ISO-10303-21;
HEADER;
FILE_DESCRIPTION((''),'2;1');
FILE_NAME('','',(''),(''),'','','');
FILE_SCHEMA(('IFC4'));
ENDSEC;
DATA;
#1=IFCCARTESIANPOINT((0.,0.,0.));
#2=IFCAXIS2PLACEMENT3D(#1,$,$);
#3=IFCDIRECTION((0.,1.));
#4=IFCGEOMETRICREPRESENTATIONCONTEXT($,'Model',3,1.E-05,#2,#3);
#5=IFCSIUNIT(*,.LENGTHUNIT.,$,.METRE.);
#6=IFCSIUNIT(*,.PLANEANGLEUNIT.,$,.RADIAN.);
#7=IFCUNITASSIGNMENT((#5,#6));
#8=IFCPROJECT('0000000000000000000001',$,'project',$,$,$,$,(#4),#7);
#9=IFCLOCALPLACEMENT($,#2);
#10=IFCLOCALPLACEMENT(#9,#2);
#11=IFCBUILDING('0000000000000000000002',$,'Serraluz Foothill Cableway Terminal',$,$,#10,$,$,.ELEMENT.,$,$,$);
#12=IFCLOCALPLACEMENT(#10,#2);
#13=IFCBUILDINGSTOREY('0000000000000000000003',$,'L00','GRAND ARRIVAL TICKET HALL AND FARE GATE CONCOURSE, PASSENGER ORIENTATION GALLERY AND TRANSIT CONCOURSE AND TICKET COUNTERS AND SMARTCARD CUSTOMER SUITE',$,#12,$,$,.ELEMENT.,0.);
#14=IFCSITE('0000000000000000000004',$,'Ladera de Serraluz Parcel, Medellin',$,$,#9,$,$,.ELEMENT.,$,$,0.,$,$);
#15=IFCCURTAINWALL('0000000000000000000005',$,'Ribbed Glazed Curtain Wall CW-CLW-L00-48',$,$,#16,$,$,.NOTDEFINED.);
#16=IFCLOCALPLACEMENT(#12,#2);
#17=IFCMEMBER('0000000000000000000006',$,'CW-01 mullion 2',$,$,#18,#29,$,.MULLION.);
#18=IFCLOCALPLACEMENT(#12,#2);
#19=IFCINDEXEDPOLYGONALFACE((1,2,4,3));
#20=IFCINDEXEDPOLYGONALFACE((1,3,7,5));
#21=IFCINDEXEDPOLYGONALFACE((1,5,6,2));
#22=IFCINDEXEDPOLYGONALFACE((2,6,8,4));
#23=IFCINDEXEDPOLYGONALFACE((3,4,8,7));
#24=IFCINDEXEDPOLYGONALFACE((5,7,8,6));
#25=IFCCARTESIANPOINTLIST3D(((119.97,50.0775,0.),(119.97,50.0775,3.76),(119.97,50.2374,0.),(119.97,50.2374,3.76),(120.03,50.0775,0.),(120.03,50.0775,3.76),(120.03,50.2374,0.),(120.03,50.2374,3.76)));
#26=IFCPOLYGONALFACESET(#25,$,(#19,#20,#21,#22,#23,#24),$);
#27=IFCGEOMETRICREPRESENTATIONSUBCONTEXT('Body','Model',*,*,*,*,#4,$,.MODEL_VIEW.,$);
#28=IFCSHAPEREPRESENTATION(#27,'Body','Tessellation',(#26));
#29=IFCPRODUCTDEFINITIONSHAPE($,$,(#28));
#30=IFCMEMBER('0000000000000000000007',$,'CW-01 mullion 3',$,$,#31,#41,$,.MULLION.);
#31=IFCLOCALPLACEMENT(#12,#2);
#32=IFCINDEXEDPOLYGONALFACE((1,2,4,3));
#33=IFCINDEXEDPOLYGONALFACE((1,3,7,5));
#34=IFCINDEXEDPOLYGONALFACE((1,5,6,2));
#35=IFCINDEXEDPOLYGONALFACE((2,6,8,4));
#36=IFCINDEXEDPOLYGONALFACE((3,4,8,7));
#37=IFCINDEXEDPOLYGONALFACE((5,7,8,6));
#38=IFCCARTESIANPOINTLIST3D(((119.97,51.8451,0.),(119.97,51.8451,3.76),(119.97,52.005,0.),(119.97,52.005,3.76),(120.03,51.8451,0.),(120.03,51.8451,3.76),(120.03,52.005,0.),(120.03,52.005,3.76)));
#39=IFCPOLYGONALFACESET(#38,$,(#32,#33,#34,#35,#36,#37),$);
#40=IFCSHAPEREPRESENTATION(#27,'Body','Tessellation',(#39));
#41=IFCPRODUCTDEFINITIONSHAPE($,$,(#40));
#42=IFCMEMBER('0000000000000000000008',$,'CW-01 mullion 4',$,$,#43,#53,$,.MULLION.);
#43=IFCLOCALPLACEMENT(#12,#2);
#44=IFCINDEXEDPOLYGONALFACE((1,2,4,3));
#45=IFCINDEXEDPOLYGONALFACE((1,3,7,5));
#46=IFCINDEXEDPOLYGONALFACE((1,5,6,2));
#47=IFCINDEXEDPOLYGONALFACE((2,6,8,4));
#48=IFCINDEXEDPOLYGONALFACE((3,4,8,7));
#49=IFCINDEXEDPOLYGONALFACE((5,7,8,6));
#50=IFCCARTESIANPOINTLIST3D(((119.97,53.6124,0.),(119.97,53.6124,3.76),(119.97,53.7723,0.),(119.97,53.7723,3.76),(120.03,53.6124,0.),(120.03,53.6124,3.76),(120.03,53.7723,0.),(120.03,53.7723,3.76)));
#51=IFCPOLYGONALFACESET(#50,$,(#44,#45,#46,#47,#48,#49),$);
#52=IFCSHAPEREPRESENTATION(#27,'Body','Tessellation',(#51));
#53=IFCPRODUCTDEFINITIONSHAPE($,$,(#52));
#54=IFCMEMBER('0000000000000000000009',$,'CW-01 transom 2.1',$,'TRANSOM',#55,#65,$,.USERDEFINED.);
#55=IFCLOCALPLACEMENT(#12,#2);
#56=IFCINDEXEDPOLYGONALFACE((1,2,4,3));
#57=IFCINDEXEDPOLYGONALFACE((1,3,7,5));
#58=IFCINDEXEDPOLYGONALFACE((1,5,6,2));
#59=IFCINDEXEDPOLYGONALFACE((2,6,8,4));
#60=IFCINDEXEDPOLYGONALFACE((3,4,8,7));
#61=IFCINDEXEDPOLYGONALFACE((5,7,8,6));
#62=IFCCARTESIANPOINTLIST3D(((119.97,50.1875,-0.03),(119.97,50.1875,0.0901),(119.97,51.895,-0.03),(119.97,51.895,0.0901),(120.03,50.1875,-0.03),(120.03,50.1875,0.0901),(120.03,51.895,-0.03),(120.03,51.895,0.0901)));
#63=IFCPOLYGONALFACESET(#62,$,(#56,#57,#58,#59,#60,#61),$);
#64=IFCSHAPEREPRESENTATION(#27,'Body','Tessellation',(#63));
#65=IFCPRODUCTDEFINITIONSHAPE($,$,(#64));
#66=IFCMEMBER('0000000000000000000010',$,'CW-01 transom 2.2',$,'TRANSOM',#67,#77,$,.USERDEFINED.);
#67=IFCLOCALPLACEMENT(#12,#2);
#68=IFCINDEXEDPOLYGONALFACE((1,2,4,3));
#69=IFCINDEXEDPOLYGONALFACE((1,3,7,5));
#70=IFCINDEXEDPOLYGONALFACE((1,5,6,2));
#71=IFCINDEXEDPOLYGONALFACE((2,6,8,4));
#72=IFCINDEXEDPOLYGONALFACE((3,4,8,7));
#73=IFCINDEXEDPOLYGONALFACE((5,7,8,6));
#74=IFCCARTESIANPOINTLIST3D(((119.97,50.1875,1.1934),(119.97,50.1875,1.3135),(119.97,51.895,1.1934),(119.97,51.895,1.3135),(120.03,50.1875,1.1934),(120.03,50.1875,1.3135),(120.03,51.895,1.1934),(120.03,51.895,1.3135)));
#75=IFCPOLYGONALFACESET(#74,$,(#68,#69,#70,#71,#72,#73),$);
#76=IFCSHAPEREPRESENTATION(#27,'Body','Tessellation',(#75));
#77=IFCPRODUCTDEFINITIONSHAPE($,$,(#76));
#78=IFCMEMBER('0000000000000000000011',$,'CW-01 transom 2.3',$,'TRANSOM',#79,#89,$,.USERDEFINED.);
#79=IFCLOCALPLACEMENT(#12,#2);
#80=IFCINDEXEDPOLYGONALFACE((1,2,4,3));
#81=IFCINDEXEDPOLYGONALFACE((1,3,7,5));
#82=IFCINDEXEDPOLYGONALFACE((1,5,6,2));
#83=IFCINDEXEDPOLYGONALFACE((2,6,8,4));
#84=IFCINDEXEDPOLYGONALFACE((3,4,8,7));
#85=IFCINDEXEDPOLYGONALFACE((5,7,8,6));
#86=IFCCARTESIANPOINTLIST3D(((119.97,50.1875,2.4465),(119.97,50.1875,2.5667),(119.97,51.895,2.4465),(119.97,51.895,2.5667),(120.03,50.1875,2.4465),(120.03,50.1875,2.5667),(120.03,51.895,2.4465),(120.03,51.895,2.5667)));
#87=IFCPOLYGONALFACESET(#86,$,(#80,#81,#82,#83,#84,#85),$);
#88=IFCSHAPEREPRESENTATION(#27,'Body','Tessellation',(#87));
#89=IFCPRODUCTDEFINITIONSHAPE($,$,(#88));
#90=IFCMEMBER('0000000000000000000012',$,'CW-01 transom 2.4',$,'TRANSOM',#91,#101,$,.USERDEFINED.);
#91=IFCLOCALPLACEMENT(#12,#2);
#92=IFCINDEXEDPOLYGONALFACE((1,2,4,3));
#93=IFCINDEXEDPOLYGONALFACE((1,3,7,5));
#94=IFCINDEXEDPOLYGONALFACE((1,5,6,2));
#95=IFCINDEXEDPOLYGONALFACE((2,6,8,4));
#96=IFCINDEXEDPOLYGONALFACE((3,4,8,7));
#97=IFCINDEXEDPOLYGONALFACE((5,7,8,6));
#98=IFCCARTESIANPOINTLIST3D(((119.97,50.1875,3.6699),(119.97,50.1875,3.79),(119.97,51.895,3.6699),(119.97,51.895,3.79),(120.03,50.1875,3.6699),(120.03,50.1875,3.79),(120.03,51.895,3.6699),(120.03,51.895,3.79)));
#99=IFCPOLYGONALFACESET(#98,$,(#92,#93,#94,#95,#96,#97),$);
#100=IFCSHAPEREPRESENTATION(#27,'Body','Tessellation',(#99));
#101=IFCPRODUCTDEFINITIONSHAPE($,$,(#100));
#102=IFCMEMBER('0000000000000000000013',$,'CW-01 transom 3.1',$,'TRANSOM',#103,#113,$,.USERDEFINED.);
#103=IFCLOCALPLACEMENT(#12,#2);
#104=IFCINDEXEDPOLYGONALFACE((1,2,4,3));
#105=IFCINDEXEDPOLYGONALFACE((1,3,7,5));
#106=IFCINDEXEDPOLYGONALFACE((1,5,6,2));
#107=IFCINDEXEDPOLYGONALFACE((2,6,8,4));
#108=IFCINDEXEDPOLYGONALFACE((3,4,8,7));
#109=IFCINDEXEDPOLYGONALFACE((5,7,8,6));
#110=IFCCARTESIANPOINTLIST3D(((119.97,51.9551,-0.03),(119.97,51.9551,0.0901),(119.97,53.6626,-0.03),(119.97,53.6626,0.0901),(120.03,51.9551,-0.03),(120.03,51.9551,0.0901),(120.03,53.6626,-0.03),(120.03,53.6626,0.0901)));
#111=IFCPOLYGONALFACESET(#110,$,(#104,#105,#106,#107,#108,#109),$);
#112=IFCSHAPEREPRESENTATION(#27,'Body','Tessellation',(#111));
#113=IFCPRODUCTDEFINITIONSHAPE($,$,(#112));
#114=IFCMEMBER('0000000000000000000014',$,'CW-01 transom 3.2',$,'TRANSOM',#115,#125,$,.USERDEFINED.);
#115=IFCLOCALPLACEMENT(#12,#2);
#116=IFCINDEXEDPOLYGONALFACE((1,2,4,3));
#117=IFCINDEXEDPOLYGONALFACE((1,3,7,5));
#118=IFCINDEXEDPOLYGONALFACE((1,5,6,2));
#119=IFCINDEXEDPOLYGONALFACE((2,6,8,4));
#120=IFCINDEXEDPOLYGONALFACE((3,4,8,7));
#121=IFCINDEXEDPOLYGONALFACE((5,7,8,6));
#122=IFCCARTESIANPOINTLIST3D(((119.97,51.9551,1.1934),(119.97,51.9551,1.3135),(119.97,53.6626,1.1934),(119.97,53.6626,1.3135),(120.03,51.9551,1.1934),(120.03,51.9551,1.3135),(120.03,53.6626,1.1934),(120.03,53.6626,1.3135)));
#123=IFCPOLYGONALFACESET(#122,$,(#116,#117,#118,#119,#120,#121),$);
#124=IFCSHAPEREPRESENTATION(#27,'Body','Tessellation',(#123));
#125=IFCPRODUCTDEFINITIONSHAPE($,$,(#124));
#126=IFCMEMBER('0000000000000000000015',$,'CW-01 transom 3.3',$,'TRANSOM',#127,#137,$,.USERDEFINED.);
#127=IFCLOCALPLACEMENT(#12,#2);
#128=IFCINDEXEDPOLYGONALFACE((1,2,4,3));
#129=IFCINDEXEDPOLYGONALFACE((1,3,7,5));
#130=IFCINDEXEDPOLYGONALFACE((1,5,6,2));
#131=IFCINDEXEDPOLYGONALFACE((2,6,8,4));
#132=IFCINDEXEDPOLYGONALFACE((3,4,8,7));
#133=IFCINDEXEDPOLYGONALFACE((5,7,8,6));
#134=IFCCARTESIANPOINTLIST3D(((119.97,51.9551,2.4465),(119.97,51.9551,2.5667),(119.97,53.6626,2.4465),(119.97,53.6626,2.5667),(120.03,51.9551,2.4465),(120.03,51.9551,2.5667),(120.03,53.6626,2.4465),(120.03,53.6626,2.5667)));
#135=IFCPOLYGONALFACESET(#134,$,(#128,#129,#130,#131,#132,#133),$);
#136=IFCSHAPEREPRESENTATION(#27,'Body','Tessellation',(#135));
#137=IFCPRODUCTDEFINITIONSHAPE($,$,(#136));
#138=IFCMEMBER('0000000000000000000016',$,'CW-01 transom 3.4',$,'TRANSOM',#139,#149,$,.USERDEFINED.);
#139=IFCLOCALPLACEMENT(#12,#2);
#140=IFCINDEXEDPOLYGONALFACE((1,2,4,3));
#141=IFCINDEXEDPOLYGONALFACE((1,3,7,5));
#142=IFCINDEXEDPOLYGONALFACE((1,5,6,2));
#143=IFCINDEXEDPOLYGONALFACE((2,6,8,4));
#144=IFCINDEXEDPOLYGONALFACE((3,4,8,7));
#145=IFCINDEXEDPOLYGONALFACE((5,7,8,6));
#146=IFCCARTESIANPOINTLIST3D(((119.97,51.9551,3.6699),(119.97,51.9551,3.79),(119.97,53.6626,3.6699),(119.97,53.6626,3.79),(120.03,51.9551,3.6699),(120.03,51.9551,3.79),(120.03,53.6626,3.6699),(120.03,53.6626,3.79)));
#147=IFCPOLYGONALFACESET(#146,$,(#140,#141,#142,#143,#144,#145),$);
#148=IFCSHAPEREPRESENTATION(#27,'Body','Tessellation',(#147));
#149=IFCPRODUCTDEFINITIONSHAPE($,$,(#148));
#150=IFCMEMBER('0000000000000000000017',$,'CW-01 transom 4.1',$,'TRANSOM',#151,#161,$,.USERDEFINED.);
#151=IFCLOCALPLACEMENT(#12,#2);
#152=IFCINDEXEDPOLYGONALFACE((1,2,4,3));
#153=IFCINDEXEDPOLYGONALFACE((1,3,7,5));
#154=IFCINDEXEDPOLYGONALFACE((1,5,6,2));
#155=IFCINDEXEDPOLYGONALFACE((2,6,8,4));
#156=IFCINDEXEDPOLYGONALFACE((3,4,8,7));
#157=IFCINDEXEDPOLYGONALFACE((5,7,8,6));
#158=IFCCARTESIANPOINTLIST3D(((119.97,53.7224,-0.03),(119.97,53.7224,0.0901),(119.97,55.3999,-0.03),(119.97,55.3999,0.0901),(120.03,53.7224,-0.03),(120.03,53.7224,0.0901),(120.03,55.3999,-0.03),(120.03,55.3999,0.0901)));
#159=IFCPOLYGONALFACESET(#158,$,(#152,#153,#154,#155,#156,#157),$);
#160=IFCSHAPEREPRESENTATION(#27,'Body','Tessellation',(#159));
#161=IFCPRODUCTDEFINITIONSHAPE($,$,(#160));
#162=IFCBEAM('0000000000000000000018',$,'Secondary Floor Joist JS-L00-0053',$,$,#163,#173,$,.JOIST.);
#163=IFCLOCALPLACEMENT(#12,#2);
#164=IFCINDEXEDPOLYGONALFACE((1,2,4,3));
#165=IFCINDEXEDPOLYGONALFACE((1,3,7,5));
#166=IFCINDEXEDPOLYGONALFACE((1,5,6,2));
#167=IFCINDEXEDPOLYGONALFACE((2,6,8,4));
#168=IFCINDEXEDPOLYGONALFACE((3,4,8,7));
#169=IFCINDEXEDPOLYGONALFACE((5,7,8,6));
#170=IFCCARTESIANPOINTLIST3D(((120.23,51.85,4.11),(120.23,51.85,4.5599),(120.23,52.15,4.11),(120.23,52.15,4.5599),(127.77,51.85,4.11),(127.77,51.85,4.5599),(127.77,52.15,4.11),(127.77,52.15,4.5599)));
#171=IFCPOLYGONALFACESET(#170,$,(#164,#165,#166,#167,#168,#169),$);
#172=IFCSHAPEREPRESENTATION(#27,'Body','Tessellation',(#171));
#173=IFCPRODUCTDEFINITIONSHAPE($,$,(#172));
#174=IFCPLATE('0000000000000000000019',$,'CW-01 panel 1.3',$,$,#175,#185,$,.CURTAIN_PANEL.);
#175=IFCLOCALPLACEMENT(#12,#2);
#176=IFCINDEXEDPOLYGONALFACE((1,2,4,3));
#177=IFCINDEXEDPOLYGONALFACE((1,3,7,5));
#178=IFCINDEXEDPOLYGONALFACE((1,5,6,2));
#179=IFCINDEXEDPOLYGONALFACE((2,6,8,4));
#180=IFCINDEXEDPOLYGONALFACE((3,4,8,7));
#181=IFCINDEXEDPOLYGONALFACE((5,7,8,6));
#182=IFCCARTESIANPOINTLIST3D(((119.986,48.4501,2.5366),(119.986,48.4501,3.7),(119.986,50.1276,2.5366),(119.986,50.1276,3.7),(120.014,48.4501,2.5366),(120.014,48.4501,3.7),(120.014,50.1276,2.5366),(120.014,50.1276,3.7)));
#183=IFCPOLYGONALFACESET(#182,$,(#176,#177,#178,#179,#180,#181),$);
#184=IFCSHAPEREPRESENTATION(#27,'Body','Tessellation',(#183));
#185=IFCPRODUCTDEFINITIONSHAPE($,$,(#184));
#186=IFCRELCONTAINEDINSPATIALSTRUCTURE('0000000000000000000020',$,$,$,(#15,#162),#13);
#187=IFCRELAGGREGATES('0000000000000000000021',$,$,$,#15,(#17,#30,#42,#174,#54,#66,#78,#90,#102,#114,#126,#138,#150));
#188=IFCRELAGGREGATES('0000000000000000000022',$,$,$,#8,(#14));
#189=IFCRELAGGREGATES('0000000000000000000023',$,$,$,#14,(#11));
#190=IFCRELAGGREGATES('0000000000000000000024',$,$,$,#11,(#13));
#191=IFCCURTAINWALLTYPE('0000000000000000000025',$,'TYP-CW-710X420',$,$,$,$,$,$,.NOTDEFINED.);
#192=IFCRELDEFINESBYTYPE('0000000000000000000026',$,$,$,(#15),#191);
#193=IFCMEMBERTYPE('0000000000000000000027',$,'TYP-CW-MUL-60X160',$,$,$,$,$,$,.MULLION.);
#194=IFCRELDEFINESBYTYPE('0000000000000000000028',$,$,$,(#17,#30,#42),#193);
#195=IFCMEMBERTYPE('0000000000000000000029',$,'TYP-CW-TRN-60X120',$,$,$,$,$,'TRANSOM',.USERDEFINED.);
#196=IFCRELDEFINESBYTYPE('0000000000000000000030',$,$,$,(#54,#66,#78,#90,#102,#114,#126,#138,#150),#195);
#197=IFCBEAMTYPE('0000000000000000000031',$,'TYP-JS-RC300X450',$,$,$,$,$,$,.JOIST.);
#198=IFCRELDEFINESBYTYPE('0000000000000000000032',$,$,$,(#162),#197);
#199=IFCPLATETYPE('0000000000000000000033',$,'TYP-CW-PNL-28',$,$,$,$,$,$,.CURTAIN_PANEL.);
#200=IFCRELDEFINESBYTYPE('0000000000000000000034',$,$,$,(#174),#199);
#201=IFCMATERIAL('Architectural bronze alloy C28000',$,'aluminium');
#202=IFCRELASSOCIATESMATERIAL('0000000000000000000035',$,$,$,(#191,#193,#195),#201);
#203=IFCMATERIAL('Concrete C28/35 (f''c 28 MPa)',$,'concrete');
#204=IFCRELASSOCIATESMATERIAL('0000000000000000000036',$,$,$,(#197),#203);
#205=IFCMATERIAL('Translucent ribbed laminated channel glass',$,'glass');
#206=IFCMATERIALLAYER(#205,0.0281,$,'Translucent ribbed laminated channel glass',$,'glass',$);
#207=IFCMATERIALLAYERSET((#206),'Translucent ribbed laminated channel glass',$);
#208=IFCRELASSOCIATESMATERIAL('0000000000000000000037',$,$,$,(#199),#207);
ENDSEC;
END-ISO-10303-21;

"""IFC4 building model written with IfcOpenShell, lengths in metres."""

from ifc_helpers import new_model, si_unit, direction, frame, origin, origin_2d, place, context, subcontext, project, spatial, rectangle, extrude, material, layer, layer_set, material_profile, profile_set, type_object, element, aggregate, save


model = new_model("IFC4")

# Units and contexts
model_context = context("Model", 3, precision=1e-05, world=origin(), true_north=direction((0.0, 1.0)))
body_context = subcontext(model_context, "Body", "Model", "MODEL_VIEW")
ifc_project = project(units=[si_unit("LENGTHUNIT", "METRE"), si_unit("PLANEANGLEUNIT", "RADIAN")], contexts=[model_context])

# Site, building, storey
site_placement = place(None, origin())
site = spatial("IfcSite", under=ifc_project, at=site_placement, Name="Ladera de Serraluz Parcel, Medellin", CompositionType="ELEMENT", RefElevation=0.0)
building_placement = place(site_placement, origin())
building = spatial("IfcBuilding", under=site, at=building_placement, Name="Serraluz Foothill Cableway Terminal", CompositionType="ELEMENT")
storey_placement = place(building_placement, origin())
storey = spatial("IfcBuildingStorey", under=building, at=storey_placement, Name="L00", Description="GRAND ARRIVAL TICKET HALL AND FARE GATE CONCOURSE, PASSENGER ORIENTATION GALLERY AND TRANSIT CONCOURSE AND TICKET COUNTERS AND SMARTCARD CUSTOMER SUITE", CompositionType="ELEMENT", Elevation=0.0)

# Curtain wall, members
ifc_material_1 = material(Name="Architectural bronze alloy C28000", Category="aluminium")
curtain_wall_type = type_object("IfcCurtainWallType", Name="TYP-CW-710X420", PredefinedType="NOTDEFINED", material=ifc_material_1)
curtain_wall_placement = place(storey_placement, origin())
curtain_wall = element("IfcCurtainWall", 1, at=curtain_wall_placement, inside=storey, type_object=curtain_wall_type, Name="Ribbed Glazed Curtain Wall CW-CLW-L00-48", PredefinedType="NOTDEFINED")
ifc_material_profile_1 = material_profile(ifc_material_1, rectangle(XDim=0.0601, YDim=0.1599, at=origin_2d()), Name="ALU MULLION 60x160")
ifc_profile_set_1 = profile_set([ifc_material_profile_1], Name="Architectural bronze alloy C28000")
member_type_1 = type_object("IfcMemberType", Name="TYP-CW-MUL-60X160", PredefinedType="MULLION", material=ifc_profile_set_1)
member_1_placement = place(storey_placement, frame((120.0, 50.1575, 0.0), z_axis=(0.0, 0.0, 1.0), x_axis=(-1.0, 0.0, 0.0)))
member_1 = element("IfcMember", 2, at=member_1_placement, type_object=member_type_1, Name="CW-01 mullion 2", PredefinedType="MULLION", context=body_context, shape_type="SweptSolid", body=[
    extrude(rectangle(XDim=0.0601, YDim=0.1599, at=origin_2d()), origin(), (0.0, 0.0, 1.0), 3.76),
])
member_2_placement = place(storey_placement, frame((120.0, 51.925, 0.0), z_axis=(0.0, 0.0, 1.0), x_axis=(-1.0, 0.0, 0.0)))
member_2 = element("IfcMember", 3, at=member_2_placement, type_object=member_type_1, Name="CW-01 mullion 3", PredefinedType="MULLION", context=body_context, shape_type="SweptSolid", body=[
    extrude(rectangle(XDim=0.0601, YDim=0.1599, at=origin_2d()), origin(), (0.0, 0.0, 1.0), 3.76),
])
member_3_placement = place(storey_placement, frame((120.0, 53.6924, 0.0), z_axis=(0.0, 0.0, 1.0), x_axis=(-1.0, 0.0, 0.0)))
member_3 = element("IfcMember", 4, at=member_3_placement, type_object=member_type_1, Name="CW-01 mullion 4", PredefinedType="MULLION", context=body_context, shape_type="SweptSolid", body=[
    extrude(rectangle(XDim=0.0601, YDim=0.1599, at=origin_2d()), origin(), (0.0, 0.0, 1.0), 3.76),
])
ifc_material_profile_2 = material_profile(ifc_material_1, rectangle(XDim=0.0601, YDim=0.1201, at=origin_2d()), Name="ALU TRANSOM 60x120")
ifc_profile_set_2 = profile_set([ifc_material_profile_2], Name="Architectural bronze alloy C28000")
member_type_2 = type_object("IfcMemberType", Name="TYP-CW-TRN-60X120", ElementType="TRANSOM", PredefinedType="USERDEFINED", material=ifc_profile_set_2)
member_4_placement = place(storey_placement, frame((120.0, 50.1875, 0.03), z_axis=(0.0, 1.0, 0.0), x_axis=(-1.0, 0.0, 0.0)))
member_4 = element("IfcMember", 5, at=member_4_placement, type_object=member_type_2, Name="CW-01 transom 2.1", ObjectType="TRANSOM", PredefinedType="USERDEFINED", context=body_context, shape_type="SweptSolid", body=[
    extrude(rectangle(XDim=0.0601, YDim=0.1201, at=origin_2d()), origin(), (0.0, 0.0, 1.0), 1.7075),
])
member_5_placement = place(storey_placement, frame((120.0, 50.1875, 1.2534), z_axis=(0.0, 1.0, 0.0), x_axis=(-1.0, 0.0, 0.0)))
member_5 = element("IfcMember", 6, at=member_5_placement, type_object=member_type_2, Name="CW-01 transom 2.2", ObjectType="TRANSOM", PredefinedType="USERDEFINED", context=body_context, shape_type="SweptSolid", body=[
    extrude(rectangle(XDim=0.0601, YDim=0.1201, at=origin_2d()), origin(), (0.0, 0.0, 1.0), 1.7075),
])
member_6_placement = place(storey_placement, frame((120.0, 50.1875, 2.5066), z_axis=(0.0, 1.0, 0.0), x_axis=(-1.0, 0.0, 0.0)))
member_6 = element("IfcMember", 7, at=member_6_placement, type_object=member_type_2, Name="CW-01 transom 2.3", ObjectType="TRANSOM", PredefinedType="USERDEFINED", context=body_context, shape_type="SweptSolid", body=[
    extrude(rectangle(XDim=0.0601, YDim=0.1201, at=origin_2d()), origin(), (0.0, 0.0, 1.0), 1.7075),
])
member_7_placement = place(storey_placement, frame((120.0, 50.1875, 3.73), z_axis=(0.0, 1.0, 0.0), x_axis=(-1.0, 0.0, 0.0)))
member_7 = element("IfcMember", 8, at=member_7_placement, type_object=member_type_2, Name="CW-01 transom 2.4", ObjectType="TRANSOM", PredefinedType="USERDEFINED", context=body_context, shape_type="SweptSolid", body=[
    extrude(rectangle(XDim=0.0601, YDim=0.1201, at=origin_2d()), origin(), (0.0, 0.0, 1.0), 1.7075),
])
member_8_placement = place(storey_placement, frame((120.0, 51.9551, 0.03), z_axis=(0.0, 1.0, 0.0), x_axis=(-1.0, 0.0, 0.0)))
member_8 = element("IfcMember", 9, at=member_8_placement, type_object=member_type_2, Name="CW-01 transom 3.1", ObjectType="TRANSOM", PredefinedType="USERDEFINED", context=body_context, shape_type="SweptSolid", body=[
    extrude(rectangle(XDim=0.0601, YDim=0.1201, at=origin_2d()), origin(), (0.0, 0.0, 1.0), 1.7075),
])
member_9_placement = place(storey_placement, frame((120.0, 51.9551, 1.2534), z_axis=(0.0, 1.0, 0.0), x_axis=(-1.0, 0.0, 0.0)))
member_9 = element("IfcMember", 10, at=member_9_placement, type_object=member_type_2, Name="CW-01 transom 3.2", ObjectType="TRANSOM", PredefinedType="USERDEFINED", context=body_context, shape_type="SweptSolid", body=[
    extrude(rectangle(XDim=0.0601, YDim=0.1201, at=origin_2d()), origin(), (0.0, 0.0, 1.0), 1.7075),
])
member_10_placement = place(storey_placement, frame((120.0, 51.9551, 2.5066), z_axis=(0.0, 1.0, 0.0), x_axis=(-1.0, 0.0, 0.0)))
member_10 = element("IfcMember", 11, at=member_10_placement, type_object=member_type_2, Name="CW-01 transom 3.3", ObjectType="TRANSOM", PredefinedType="USERDEFINED", context=body_context, shape_type="SweptSolid", body=[
    extrude(rectangle(XDim=0.0601, YDim=0.1201, at=origin_2d()), origin(), (0.0, 0.0, 1.0), 1.7075),
])
member_11_placement = place(storey_placement, frame((120.0, 51.9551, 3.73), z_axis=(0.0, 1.0, 0.0), x_axis=(-1.0, 0.0, 0.0)))
member_11 = element("IfcMember", 12, at=member_11_placement, type_object=member_type_2, Name="CW-01 transom 3.4", ObjectType="TRANSOM", PredefinedType="USERDEFINED", context=body_context, shape_type="SweptSolid", body=[
    extrude(rectangle(XDim=0.0601, YDim=0.1201, at=origin_2d()), origin(), (0.0, 0.0, 1.0), 1.7075),
])
member_12_placement = place(storey_placement, frame((120.0, 53.7224, 0.03), z_axis=(0.0, 1.0, 0.0), x_axis=(-1.0, 0.0, 0.0)))
member_12 = element("IfcMember", 13, at=member_12_placement, type_object=member_type_2, Name="CW-01 transom 4.1", ObjectType="TRANSOM", PredefinedType="USERDEFINED", context=body_context, shape_type="SweptSolid", body=[
    extrude(rectangle(XDim=0.0601, YDim=0.1201, at=origin_2d()), origin(), (0.0, 0.0, 1.0), 1.6775),
])

# Beam
ifc_material_2 = material(Name="Concrete C28/35 (f'c 28 MPa)", Category="concrete")
ifc_material_profile_3 = material_profile(ifc_material_2, rectangle(XDim=0.3, YDim=0.45, at=origin_2d()), Name="RC 300x450")
ifc_profile_set_3 = profile_set([ifc_material_profile_3], Name="Concrete C28/35 (f'c 28 MPa)")
beam_type = type_object("IfcBeamType", Name="TYP-JS-RC300X450", PredefinedType="JOIST", material=ifc_profile_set_3)
beam_placement = place(storey_placement, frame((120.23, 52.0, 4.335), z_axis=(1.0, 0.0, 0.0), x_axis=(0.0, 1.0, 0.0)))
element("IfcBeam", 14, at=beam_placement, inside=storey, type_object=beam_type, Name="Secondary Floor Joist JS-L00-0053", PredefinedType="JOIST", context=body_context, shape_type="SweptSolid", body=[
    extrude(rectangle(XDim=0.3, YDim=0.45, at=origin_2d()), origin(), (0.0, 0.0, 1.0), 7.54),
])

# Plate
ifc_material_3 = material(Name="Translucent ribbed laminated channel glass", Category="glass")
ifc_layer = layer(ifc_material_3, 0.0281, Name="Translucent ribbed laminated channel glass", Category="glass")
ifc_layer_set = layer_set([ifc_layer], Name="Translucent ribbed laminated channel glass")
plate_type = type_object("IfcPlateType", Name="TYP-CW-PNL-28", PredefinedType="CURTAIN_PANEL", material=ifc_layer_set)
plate_1_placement = place(storey_placement, frame((120.0, 49.2888, 2.5366), z_axis=(0.0, 0.0, 1.0), x_axis=(0.0, 1.0, 0.0)))
plate_1 = element("IfcPlate", 15, at=plate_1_placement, type_object=plate_type, Name="CW-01 panel 1.3", PredefinedType="CURTAIN_PANEL", context=body_context, shape_type="SweptSolid", body=[
    extrude(rectangle(XDim=1.6775, YDim=0.0281, at=origin_2d()), origin(), (0.0, 0.0, 1.0), 1.1633),
])
aggregate(curtain_wall, [member_1, member_2, member_3, plate_1, member_4, member_5, member_6, member_7, member_8, member_9, member_10, member_11, member_12])

save(model, "model.ifc")
